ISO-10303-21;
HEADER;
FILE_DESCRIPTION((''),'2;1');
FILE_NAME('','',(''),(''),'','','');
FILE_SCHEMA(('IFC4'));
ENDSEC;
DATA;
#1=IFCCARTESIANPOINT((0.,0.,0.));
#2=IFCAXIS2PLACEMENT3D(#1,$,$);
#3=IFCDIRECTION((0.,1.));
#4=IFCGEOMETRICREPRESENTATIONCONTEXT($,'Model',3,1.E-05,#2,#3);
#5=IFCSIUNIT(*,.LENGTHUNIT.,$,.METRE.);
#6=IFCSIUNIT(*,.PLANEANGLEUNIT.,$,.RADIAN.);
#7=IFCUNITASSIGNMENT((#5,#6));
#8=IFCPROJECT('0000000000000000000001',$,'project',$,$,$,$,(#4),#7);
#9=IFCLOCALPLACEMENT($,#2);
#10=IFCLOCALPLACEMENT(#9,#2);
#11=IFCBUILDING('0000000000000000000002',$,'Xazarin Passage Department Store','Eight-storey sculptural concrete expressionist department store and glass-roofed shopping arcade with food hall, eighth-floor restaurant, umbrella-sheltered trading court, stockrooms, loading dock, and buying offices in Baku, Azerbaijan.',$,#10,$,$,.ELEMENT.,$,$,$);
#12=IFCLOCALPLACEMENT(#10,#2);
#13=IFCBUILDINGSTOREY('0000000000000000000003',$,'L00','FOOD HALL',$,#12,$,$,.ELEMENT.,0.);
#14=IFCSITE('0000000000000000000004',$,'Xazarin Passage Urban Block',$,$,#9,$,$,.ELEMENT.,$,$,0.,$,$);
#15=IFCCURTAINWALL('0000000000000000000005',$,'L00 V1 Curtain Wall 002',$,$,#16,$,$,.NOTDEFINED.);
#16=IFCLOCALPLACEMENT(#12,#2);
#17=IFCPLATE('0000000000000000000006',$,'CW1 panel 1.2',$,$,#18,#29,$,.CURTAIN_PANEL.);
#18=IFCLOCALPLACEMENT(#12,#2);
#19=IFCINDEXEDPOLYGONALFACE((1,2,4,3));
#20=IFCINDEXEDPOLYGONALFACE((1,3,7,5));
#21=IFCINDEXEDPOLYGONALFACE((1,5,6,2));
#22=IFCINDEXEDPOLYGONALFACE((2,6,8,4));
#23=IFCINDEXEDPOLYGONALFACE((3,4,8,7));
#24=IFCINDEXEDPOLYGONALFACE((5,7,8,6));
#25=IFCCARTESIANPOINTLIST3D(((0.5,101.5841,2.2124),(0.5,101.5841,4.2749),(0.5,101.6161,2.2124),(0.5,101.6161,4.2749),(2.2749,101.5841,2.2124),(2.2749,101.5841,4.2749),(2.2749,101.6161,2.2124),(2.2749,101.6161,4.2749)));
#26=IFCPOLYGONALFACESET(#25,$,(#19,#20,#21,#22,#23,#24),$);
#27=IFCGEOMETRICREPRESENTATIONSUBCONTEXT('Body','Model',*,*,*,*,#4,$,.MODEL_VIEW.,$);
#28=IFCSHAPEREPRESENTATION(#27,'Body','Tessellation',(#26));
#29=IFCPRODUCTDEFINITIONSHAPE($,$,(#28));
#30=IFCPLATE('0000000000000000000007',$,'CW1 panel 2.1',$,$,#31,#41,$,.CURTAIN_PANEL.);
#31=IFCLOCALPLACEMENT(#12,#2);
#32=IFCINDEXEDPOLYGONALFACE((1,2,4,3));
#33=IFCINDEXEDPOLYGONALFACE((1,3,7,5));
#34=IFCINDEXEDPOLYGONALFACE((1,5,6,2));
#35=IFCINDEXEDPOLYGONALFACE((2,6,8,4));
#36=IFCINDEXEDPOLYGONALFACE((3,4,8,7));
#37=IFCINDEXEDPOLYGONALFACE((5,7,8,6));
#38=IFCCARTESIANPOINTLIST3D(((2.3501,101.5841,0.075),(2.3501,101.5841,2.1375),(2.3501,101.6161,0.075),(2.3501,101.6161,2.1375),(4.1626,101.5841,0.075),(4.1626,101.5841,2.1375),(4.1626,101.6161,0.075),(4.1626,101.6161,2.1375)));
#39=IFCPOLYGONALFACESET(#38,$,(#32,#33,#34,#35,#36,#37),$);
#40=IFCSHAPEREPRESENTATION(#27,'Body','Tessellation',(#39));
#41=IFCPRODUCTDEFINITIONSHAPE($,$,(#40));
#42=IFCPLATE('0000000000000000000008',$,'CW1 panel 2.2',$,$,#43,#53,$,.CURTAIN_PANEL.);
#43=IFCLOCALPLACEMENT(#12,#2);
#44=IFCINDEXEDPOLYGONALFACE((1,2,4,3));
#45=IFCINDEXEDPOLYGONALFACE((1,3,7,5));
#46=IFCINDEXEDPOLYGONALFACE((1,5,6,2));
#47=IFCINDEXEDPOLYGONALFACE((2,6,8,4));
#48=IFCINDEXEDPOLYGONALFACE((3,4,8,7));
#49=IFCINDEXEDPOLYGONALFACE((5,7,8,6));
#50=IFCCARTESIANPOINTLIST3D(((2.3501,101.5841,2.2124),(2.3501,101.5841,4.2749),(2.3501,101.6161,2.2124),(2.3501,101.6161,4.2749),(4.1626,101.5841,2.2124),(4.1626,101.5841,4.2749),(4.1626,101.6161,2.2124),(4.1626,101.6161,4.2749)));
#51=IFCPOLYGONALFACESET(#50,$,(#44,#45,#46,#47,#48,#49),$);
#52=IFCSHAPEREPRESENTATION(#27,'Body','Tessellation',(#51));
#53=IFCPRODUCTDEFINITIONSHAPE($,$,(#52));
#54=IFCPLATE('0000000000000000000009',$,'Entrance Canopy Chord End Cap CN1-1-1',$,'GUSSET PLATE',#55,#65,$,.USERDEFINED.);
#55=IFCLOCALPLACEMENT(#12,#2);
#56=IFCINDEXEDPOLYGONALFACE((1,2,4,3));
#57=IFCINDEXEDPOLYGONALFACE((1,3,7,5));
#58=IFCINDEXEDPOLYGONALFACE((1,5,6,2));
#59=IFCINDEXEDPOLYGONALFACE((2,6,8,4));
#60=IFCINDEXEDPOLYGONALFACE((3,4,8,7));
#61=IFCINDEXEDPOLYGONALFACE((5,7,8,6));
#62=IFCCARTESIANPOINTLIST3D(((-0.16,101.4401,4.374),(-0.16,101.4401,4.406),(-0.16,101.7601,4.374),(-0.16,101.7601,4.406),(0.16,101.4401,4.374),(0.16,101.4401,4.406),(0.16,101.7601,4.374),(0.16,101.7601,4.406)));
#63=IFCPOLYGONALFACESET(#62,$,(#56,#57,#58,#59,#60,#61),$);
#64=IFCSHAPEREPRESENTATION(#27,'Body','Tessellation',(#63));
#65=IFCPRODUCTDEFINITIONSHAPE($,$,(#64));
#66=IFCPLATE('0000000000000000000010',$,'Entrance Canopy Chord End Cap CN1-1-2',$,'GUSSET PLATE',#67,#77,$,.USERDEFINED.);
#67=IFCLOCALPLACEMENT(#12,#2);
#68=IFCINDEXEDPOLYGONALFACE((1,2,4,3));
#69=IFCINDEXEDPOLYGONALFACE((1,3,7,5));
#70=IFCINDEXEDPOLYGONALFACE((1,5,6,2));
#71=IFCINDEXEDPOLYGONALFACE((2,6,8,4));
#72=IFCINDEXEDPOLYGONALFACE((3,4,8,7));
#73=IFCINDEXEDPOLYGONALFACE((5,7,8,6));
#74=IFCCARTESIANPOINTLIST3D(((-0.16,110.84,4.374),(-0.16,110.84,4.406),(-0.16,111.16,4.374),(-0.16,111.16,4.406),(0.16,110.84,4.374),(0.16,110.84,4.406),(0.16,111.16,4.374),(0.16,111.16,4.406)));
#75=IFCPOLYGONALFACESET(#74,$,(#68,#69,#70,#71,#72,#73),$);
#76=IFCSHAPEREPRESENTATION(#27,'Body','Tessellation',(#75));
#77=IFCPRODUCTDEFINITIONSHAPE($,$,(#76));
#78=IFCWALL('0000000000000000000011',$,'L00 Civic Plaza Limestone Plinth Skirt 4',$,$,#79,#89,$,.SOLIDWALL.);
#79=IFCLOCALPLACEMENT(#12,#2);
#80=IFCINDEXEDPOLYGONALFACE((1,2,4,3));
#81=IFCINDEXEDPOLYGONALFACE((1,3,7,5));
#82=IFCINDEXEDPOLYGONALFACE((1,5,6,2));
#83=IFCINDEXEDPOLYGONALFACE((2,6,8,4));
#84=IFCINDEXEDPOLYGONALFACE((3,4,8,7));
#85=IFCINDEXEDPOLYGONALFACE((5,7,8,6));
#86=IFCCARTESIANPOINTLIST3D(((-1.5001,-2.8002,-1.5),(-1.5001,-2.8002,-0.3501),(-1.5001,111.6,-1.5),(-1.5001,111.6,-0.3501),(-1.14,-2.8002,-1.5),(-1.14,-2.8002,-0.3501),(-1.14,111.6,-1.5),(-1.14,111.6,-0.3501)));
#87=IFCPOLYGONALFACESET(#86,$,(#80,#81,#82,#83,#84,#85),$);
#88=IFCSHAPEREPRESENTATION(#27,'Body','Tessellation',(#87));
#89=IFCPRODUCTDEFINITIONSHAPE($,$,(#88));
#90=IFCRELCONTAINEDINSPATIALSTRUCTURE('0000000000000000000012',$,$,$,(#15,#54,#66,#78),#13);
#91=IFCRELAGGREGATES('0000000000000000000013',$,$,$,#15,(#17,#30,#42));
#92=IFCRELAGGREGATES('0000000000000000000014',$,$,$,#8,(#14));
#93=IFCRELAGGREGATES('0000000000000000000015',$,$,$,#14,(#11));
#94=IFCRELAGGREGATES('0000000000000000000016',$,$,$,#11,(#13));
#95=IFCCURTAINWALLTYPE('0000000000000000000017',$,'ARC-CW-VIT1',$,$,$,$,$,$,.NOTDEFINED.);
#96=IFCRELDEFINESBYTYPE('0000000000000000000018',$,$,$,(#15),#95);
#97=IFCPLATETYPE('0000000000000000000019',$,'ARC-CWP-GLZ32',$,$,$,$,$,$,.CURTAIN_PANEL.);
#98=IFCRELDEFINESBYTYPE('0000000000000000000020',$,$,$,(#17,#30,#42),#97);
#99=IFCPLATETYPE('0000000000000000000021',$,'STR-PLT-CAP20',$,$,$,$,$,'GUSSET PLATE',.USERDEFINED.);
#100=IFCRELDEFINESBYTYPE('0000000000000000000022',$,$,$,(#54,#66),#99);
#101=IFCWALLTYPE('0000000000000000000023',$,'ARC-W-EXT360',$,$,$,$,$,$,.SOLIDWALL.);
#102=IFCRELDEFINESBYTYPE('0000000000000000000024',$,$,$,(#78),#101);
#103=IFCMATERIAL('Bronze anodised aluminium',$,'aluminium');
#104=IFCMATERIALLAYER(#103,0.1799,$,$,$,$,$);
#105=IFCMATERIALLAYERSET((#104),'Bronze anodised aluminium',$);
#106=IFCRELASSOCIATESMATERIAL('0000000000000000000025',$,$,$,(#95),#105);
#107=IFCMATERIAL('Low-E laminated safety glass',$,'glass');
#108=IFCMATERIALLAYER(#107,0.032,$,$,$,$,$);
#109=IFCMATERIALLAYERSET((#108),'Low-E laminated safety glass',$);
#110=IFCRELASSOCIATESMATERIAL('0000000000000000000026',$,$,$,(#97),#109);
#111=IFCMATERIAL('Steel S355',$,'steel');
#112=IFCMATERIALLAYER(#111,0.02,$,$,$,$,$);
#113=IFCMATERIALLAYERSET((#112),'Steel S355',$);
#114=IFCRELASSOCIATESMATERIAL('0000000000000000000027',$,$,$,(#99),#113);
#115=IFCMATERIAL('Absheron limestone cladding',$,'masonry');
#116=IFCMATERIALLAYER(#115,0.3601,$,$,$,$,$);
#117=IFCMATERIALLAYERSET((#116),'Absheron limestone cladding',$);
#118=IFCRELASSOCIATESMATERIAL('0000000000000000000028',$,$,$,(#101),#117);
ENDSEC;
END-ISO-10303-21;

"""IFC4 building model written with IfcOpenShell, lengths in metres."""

from ifc_helpers import new_model, si_unit, direction, frame, frame_2d, origin, origin_2d, place, context, subcontext, project, spatial, rectangle, extrude, material, layer, layer_set, type_object, element, aggregate, save


model = new_model("IFC4")

# Units and contexts
model_context = context("Model", 3, precision=1e-05, world=origin(), true_north=direction((0.0, 1.0)))
body_context = subcontext(model_context, "Body", "Model", "MODEL_VIEW")
ifc_project = project(units=[si_unit("LENGTHUNIT", "METRE"), si_unit("PLANEANGLEUNIT", "RADIAN")], contexts=[model_context])

# Site, building, storey
site_placement = place(None, origin())
site = spatial("IfcSite", under=ifc_project, at=site_placement, Name="Xazarin Passage Urban Block", CompositionType="ELEMENT", RefElevation=0.0)
building_placement = place(site_placement, origin())
building = spatial("IfcBuilding", under=site, at=building_placement, Name="Xazarin Passage Department Store", Description="Eight-storey sculptural concrete expressionist department store and glass-roofed shopping arcade with food hall, eighth-floor restaurant, umbrella-sheltered trading court, stockrooms, loading dock, and buying offices in Baku, Azerbaijan.", CompositionType="ELEMENT")
storey_placement = place(building_placement, origin())
storey = spatial("IfcBuildingStorey", under=building, at=storey_placement, Name="L00", Description="FOOD HALL", CompositionType="ELEMENT", Elevation=0.0)

# Curtain wall
ifc_material_1 = material(Name="Bronze anodised aluminium", Category="aluminium")
ifc_layer_1 = layer(ifc_material_1, 0.1799)
ifc_layer_set_1 = layer_set([ifc_layer_1], Name="Bronze anodised aluminium")
curtain_wall_type = type_object("IfcCurtainWallType", Name="ARC-CW-VIT1", PredefinedType="NOTDEFINED", material=ifc_layer_set_1)
curtain_wall_placement = place(storey_placement, origin())
curtain_wall = element("IfcCurtainWall", 1, at=curtain_wall_placement, inside=storey, type_object=curtain_wall_type, Name="L00 V1 Curtain Wall 002", PredefinedType="NOTDEFINED")

# Shared definitions
ifc_material_2 = material(Name="Steel S355", Category="steel")

# Plates
ifc_material_3 = material(Name="Low-E laminated safety glass", Category="glass")
ifc_layer_2 = layer(ifc_material_3, 0.032)
ifc_layer_set_2 = layer_set([ifc_layer_2], Name="Low-E laminated safety glass")
plate_type_1 = type_object("IfcPlateType", Name="ARC-CWP-GLZ32", PredefinedType="CURTAIN_PANEL", material=ifc_layer_set_2)
plate_1_placement = place(storey_placement, frame((1.3875, 101.6001, 2.2124), z_axis=(0.0, 0.0, 1.0), x_axis=(1.0, 0.0, 0.0)))
plate_1 = element("IfcPlate", 2, at=plate_1_placement, type_object=plate_type_1, Name="CW1 panel 1.2", PredefinedType="CURTAIN_PANEL", context=body_context, shape_type="SweptSolid", body=[
    extrude(rectangle(XDim=1.7749, YDim=0.032, at=origin_2d()), origin(), (0.0, 0.0, 1.0), 2.0625),
])
plate_2_placement = place(storey_placement, frame((3.2563, 101.6001, 0.075), z_axis=(0.0, 0.0, 1.0), x_axis=(1.0, 0.0, 0.0)))
plate_2 = element("IfcPlate", 3, at=plate_2_placement, type_object=plate_type_1, Name="CW1 panel 2.1", PredefinedType="CURTAIN_PANEL", context=body_context, shape_type="SweptSolid", body=[
    extrude(rectangle(XDim=1.8125, YDim=0.032, at=origin_2d()), origin(), (0.0, 0.0, 1.0), 2.0625),
])
plate_3_placement = place(storey_placement, frame((3.2563, 101.6001, 2.2124), z_axis=(0.0, 0.0, 1.0), x_axis=(1.0, 0.0, 0.0)))
plate_3 = element("IfcPlate", 4, at=plate_3_placement, type_object=plate_type_1, Name="CW1 panel 2.2", PredefinedType="CURTAIN_PANEL", context=body_context, shape_type="SweptSolid", body=[
    extrude(rectangle(XDim=1.8125, YDim=0.032, at=origin_2d()), origin(), (0.0, 0.0, 1.0), 2.0625),
])
aggregate(curtain_wall, [plate_1, plate_2, plate_3])

# Plates
ifc_layer_3 = layer(ifc_material_2, 0.02)
ifc_layer_set_3 = layer_set([ifc_layer_3], Name="Steel S355")
plate_type_2 = type_object("IfcPlateType", Name="STR-PLT-CAP20", ElementType="GUSSET PLATE", PredefinedType="USERDEFINED", material=ifc_layer_set_3)
for number, where, z_axis, x_axis, name in (
    (5, (0.0, 101.6001, 4.374), (0.0, 0.0, 1.0), (1.0, 0.0, 0.0), "Entrance Canopy Chord End Cap CN1-1-1"),
    (6, (0.0, 111.0, 4.374), (0.0, 0.0, 1.0), (1.0, 0.0, 0.0), "Entrance Canopy Chord End Cap CN1-1-2"),
):
    element("IfcPlate", number, at=place(storey_placement, frame(where, z_axis=z_axis, x_axis=x_axis)), inside=storey, type_object=plate_type_2, Name=name, ObjectType="GUSSET PLATE", PredefinedType="USERDEFINED", context=body_context, shape_type="SweptSolid", body=[
        extrude(rectangle(XDim=0.3201, YDim=0.3201, at=origin_2d()), origin(), (0.0, 0.0, 1.0), 0.032),
    ])

# Wall
ifc_material_4 = material(Name="Absheron limestone cladding", Category="masonry")
ifc_layer_4 = layer(ifc_material_4, 0.3601)
ifc_layer_set_4 = layer_set([ifc_layer_4], Name="Absheron limestone cladding")
wall_type = type_object("IfcWallType", Name="ARC-W-EXT360", PredefinedType="SOLIDWALL", material=ifc_layer_set_4)
wall_placement = place(storey_placement, frame((-1.3201, 111.6001, -1.5), z_axis=(0.0, 0.0, 1.0), x_axis=(0.0, -1.0, 0.0)))
element("IfcWall", 7, at=wall_placement, inside=storey, type_object=wall_type, Name="L00 Civic Plaza Limestone Plinth Skirt 4", PredefinedType="SOLIDWALL", context=body_context, shape_type="SweptSolid", body=[
    extrude(rectangle(XDim=114.4001, YDim=0.3601, at=frame_2d((57.2002, 0.0))), origin(), (0.0, 0.0, 1.0), 1.1499),
])

save(model, "model.ifc")
